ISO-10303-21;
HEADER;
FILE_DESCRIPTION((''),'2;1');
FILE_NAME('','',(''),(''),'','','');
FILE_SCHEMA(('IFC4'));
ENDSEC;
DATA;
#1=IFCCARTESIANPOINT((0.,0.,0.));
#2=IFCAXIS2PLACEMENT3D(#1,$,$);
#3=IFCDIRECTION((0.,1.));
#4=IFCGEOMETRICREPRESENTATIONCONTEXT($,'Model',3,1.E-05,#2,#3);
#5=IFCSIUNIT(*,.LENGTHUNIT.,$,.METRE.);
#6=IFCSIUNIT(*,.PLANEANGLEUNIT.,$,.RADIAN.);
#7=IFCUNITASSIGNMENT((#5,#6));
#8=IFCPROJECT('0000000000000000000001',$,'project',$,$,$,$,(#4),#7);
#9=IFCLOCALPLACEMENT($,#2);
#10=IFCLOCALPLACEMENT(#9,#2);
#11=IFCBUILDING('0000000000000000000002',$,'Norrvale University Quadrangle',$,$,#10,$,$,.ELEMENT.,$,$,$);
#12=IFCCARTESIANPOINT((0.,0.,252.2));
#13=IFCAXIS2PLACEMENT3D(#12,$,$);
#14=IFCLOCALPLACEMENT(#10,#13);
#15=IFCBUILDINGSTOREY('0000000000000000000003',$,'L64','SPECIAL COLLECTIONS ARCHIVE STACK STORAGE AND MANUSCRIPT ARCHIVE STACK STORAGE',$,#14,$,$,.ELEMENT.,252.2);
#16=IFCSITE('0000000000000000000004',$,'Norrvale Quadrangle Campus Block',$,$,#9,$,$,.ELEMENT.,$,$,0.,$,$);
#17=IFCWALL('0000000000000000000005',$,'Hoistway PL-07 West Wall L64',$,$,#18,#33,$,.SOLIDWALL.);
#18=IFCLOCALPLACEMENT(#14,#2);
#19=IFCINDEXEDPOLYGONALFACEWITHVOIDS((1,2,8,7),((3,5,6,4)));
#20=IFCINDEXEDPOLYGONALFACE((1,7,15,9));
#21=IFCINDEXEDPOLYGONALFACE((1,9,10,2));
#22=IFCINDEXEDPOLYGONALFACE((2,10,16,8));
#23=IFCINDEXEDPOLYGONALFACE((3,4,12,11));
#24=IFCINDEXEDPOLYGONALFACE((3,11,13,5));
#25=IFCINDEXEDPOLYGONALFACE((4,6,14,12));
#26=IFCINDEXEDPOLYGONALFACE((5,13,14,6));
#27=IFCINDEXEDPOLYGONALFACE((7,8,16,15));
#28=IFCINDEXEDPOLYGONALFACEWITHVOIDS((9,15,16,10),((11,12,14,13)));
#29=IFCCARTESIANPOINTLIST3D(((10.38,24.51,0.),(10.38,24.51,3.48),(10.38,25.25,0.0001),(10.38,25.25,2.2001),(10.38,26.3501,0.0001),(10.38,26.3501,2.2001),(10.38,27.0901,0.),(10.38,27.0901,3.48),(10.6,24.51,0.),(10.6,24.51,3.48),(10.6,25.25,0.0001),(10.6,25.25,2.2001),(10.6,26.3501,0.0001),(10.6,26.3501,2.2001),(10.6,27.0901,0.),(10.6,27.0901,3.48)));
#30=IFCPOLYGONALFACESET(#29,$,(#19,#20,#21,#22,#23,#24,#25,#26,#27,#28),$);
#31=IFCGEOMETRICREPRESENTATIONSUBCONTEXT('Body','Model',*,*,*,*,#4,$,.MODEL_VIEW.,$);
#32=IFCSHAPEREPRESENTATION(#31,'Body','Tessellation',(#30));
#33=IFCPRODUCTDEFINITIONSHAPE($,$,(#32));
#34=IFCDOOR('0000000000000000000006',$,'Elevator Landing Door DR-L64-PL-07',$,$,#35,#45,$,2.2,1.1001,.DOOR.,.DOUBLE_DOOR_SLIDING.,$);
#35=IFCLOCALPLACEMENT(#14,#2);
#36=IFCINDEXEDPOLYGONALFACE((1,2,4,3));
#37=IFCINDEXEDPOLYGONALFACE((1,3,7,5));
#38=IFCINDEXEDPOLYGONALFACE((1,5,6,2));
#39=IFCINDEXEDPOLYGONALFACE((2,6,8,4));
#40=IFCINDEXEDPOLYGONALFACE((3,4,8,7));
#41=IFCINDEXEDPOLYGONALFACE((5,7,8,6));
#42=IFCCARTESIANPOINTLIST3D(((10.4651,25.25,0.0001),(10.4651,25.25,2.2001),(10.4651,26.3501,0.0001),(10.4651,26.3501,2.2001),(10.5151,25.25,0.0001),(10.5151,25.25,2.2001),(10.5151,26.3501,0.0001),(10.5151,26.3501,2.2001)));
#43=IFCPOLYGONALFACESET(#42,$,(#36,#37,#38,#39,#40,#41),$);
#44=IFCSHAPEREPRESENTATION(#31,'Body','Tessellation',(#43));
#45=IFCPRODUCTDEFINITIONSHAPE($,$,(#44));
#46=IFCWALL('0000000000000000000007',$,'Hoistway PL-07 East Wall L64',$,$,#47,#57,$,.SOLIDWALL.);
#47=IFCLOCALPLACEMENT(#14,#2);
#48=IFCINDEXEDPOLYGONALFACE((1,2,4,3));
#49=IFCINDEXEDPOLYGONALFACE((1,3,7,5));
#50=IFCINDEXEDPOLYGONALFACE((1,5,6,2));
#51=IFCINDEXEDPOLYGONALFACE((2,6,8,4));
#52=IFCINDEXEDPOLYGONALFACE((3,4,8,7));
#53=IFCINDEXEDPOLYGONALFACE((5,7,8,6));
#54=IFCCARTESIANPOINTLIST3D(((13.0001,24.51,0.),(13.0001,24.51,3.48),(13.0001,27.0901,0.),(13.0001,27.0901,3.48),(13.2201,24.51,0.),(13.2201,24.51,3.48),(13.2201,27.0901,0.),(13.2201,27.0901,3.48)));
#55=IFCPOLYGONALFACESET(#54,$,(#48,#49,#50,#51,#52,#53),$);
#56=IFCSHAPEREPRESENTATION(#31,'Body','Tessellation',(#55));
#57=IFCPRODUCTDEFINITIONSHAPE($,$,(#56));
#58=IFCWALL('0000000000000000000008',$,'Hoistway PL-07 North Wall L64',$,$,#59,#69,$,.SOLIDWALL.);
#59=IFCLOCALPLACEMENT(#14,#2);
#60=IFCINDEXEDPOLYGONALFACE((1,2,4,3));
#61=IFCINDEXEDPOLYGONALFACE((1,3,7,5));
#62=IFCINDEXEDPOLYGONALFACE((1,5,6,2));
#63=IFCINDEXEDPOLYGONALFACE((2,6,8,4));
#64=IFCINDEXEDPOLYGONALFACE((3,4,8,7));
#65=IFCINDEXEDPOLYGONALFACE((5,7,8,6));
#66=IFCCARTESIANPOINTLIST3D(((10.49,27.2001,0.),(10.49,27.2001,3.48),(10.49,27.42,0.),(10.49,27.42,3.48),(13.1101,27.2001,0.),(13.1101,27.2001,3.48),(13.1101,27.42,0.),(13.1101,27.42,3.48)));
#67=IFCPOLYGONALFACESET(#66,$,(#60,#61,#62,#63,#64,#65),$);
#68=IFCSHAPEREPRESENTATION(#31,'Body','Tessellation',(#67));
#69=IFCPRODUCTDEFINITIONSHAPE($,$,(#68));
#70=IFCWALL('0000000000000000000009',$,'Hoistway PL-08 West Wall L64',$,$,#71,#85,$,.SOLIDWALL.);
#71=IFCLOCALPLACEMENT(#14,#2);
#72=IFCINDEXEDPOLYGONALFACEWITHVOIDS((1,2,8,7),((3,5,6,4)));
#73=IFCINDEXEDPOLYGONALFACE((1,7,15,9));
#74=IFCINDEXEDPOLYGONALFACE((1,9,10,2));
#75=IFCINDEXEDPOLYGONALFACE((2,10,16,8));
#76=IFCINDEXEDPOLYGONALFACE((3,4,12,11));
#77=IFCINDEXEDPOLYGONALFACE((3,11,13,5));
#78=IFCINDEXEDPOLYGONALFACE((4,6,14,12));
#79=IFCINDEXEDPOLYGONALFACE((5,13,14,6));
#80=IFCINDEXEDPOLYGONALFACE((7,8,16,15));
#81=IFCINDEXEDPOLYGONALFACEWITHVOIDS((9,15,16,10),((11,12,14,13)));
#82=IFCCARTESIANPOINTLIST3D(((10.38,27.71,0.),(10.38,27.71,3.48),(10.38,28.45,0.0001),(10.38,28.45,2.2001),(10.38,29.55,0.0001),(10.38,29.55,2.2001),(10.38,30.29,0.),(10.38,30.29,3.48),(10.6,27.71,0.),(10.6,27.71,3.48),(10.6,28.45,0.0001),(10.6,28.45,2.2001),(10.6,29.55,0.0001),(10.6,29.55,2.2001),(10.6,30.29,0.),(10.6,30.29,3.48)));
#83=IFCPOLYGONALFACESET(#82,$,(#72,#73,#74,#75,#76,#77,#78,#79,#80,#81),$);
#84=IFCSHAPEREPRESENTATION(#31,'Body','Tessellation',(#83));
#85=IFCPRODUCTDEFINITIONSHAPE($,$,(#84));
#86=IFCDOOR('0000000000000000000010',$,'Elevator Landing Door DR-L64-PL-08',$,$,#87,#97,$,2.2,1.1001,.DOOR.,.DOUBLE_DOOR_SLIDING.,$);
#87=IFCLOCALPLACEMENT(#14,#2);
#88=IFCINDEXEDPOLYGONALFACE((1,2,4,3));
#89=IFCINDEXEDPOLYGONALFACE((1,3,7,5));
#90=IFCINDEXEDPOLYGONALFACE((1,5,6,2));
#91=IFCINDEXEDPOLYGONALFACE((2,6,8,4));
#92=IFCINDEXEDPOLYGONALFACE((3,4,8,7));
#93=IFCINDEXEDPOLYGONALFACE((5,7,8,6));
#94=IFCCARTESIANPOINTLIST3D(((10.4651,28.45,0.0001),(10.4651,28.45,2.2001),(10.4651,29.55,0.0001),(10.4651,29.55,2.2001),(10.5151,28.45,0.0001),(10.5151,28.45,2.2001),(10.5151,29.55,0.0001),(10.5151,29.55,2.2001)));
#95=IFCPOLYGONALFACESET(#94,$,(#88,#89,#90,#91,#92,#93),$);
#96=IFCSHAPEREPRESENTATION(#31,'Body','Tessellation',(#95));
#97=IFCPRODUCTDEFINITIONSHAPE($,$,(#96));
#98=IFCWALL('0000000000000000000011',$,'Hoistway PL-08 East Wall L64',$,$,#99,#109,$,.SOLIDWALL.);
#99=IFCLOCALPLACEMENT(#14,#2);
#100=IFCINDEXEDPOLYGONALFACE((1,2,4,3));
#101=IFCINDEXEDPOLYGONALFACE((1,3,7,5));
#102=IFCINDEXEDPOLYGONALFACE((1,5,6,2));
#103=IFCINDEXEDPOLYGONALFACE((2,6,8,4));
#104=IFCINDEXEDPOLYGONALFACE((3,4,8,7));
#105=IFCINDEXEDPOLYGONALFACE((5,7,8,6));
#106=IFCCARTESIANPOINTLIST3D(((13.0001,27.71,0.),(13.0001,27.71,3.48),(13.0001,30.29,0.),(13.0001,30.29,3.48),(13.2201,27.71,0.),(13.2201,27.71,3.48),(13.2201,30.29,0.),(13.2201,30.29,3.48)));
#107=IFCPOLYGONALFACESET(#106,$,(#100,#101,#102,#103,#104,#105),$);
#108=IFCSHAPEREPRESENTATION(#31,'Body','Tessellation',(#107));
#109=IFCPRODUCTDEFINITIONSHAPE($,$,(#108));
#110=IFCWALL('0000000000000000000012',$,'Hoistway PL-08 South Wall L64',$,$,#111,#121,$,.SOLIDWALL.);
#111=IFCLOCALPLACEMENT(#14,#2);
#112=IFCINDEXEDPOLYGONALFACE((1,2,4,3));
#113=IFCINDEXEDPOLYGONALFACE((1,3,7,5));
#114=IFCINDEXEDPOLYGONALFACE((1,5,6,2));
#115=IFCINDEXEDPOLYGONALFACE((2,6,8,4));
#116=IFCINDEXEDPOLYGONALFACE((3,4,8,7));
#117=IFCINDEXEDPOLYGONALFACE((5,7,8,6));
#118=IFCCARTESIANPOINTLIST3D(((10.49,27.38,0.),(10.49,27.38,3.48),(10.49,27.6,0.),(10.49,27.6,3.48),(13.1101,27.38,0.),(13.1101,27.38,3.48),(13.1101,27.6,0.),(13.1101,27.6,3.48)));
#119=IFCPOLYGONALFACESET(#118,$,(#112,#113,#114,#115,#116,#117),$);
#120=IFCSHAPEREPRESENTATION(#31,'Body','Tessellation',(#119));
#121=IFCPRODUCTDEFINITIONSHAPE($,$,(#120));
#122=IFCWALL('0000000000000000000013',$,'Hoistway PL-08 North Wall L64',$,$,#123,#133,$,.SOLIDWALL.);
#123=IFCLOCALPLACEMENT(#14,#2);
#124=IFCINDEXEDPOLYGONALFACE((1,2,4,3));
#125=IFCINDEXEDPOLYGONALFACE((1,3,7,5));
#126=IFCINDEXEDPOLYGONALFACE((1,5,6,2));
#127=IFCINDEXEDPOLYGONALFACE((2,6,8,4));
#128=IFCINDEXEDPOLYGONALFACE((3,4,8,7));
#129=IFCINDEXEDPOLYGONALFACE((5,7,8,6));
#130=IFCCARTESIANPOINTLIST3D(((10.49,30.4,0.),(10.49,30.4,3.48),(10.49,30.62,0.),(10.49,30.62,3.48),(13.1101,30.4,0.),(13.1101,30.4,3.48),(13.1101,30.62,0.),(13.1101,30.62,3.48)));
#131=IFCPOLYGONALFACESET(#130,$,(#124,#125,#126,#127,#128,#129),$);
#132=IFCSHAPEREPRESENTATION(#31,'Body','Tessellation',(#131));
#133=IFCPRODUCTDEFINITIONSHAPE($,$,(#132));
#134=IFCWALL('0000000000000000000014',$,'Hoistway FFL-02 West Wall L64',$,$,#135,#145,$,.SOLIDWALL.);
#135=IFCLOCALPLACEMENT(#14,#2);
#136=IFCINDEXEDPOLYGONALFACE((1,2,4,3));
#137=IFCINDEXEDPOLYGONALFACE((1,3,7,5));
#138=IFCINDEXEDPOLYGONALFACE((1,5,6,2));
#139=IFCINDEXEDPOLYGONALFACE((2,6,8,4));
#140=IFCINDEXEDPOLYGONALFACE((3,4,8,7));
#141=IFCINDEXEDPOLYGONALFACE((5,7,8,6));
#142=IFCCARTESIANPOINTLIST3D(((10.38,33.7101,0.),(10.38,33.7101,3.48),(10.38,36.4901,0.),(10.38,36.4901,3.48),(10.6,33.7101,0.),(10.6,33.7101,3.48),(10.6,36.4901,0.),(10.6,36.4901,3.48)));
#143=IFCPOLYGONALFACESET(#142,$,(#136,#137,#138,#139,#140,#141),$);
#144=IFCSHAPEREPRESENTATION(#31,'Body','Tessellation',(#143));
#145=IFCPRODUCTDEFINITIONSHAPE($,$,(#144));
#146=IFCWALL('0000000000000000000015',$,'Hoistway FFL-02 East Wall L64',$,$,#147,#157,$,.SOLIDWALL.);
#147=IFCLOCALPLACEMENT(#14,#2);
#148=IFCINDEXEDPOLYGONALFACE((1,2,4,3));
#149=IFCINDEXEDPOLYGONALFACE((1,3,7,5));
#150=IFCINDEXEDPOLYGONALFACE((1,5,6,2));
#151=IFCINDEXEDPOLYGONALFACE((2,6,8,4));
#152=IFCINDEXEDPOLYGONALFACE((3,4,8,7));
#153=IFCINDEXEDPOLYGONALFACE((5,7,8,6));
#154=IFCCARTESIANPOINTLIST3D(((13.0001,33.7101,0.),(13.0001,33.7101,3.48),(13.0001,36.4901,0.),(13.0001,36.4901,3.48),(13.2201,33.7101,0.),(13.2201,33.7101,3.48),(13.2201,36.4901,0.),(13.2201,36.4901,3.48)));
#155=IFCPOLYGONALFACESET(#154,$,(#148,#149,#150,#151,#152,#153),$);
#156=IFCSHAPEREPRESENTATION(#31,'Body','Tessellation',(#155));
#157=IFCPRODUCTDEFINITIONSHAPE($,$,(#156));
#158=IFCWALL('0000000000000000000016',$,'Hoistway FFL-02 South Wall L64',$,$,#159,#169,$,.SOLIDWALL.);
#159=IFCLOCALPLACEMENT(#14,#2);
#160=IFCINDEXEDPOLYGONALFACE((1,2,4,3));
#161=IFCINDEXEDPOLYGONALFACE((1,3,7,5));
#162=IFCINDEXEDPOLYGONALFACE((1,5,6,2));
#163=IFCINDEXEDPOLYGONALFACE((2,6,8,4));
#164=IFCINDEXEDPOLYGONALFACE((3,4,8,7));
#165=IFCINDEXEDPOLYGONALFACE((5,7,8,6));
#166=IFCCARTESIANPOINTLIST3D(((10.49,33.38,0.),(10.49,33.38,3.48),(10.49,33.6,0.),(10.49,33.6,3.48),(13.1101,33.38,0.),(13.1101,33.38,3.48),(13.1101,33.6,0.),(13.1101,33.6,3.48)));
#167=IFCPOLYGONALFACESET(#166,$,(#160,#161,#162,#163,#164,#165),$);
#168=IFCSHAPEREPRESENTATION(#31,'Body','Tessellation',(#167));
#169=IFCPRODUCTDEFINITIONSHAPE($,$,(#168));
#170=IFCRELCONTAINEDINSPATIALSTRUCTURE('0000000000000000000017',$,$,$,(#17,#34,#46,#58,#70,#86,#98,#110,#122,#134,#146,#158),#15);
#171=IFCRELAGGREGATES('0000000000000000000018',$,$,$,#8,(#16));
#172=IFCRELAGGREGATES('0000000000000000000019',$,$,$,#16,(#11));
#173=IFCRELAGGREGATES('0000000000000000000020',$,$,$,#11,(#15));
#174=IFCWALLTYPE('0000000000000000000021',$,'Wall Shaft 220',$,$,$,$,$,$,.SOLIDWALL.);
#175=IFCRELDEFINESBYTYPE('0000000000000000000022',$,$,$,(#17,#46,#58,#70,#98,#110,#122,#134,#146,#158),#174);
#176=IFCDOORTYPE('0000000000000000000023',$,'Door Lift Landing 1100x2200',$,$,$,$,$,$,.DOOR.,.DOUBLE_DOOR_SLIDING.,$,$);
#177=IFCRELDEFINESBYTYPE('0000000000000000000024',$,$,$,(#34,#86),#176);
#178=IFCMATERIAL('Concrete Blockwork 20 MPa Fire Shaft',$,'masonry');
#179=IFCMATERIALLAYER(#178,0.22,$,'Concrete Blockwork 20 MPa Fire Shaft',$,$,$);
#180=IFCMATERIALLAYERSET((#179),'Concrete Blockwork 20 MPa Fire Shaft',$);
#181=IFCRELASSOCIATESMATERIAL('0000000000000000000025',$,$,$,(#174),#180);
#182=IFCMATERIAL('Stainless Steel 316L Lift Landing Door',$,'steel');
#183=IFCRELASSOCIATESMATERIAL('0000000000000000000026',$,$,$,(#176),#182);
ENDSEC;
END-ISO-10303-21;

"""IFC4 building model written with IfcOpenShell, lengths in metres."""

from ifc_helpers import new_model, si_unit, direction, frame, frame_2d, origin, place, context, subcontext, project, spatial, rectangle, extrude, material, layer, layer_set, type_object, element, fill, save


model = new_model("IFC4")

# Units and contexts
model_context = context("Model", 3, precision=1e-05, world=origin(), true_north=direction((0.0, 1.0)))
body_context = subcontext(model_context, "Body", "Model", "MODEL_VIEW")
ifc_project = project(units=[si_unit("LENGTHUNIT", "METRE"), si_unit("PLANEANGLEUNIT", "RADIAN")], contexts=[model_context])

# Site, building, storey
site_placement = place(None, origin())
site = spatial("IfcSite", under=ifc_project, at=site_placement, Name="Norrvale Quadrangle Campus Block", CompositionType="ELEMENT", RefElevation=0.0)
building_placement = place(site_placement, origin())
building = spatial("IfcBuilding", under=site, at=building_placement, Name="Norrvale University Quadrangle", CompositionType="ELEMENT")
storey_placement = place(building_placement, frame((0.0, 0.0, 252.2)))
storey = spatial("IfcBuildingStorey", under=building, at=storey_placement, Name="L64", Description="SPECIAL COLLECTIONS ARCHIVE STACK STORAGE AND MANUSCRIPT ARCHIVE STACK STORAGE", CompositionType="ELEMENT", Elevation=252.2)

# Shared definitions
ifc_material_1 = material(Name="Concrete Blockwork 20 MPa Fire Shaft", Category="masonry")
ifc_layer_1 = layer(ifc_material_1, 0.22, Name="Concrete Blockwork 20 MPa Fire Shaft")
ifc_layer_set_1 = layer_set([ifc_layer_1], Name="Concrete Blockwork 20 MPa Fire Shaft")
wall_type_1 = type_object("IfcWallType", Name="Wall Shaft 220", PredefinedType="SOLIDWALL", material=ifc_layer_set_1)

# Wall, opening, door
wall_1_placement = place(storey_placement, frame((10.49, 24.51, 0.0), z_axis=(0.0, 0.0, 1.0), x_axis=(0.0, 1.0, 0.0)))
wall_1 = element("IfcWall", 1, at=wall_1_placement, inside=storey, type_object=wall_type_1, Name="Hoistway PL-07 West Wall L64", PredefinedType="SOLIDWALL", context=body_context, shape_type="SweptSolid", body=[
    extrude(rectangle(XDim=2.5801, YDim=0.22, at=frame_2d((1.29, 0.0))), origin(), (0.0, 0.0, 1.0), 3.48),
])
opening_1_placement = place(wall_1_placement, frame((0.74, 0.0, 0.0)))
opening_1 = element("IfcOpeningElement", 2, at=opening_1_placement, cuts=wall_1, PredefinedType="OPENING", context=body_context, shape_type="SweptSolid", body=[
    extrude(rectangle(XDim=1.1001, YDim=2.2, at=frame_2d((0.55, 1.1001))), frame((0.0, 0.1221, 0.0), z_axis=(0.0, -1.0, 0.0), x_axis=(1.0, 0.0, 0.0)), (0.0, 0.0, 1.0), 0.2439),
])
ifc_material_2 = material(Name="Stainless Steel 316L Lift Landing Door", Category="steel")
door_type_1 = type_object("IfcDoorType", Name="Door Lift Landing 1100x2200", OperationType="DOUBLE_DOOR_SLIDING", PredefinedType="DOOR", material=ifc_material_2)
door_1_placement = place(opening_1_placement, origin())
door_1 = element("IfcDoor", 3, at=door_1_placement, inside=storey, type_object=door_type_1, Name="Elevator Landing Door DR-L64-PL-07", OperationType="DOUBLE_DOOR_SLIDING", OverallHeight=2.2, OverallWidth=1.1001, PredefinedType="DOOR", context=body_context, shape_type="SweptSolid", body=[
    extrude(rectangle(XDim=1.1001, YDim=2.2, at=frame_2d((0.55, 1.1001))), frame((0.0, 0.0249, 0.0), z_axis=(0.0, -1.0, 0.0), x_axis=(1.0, 0.0, 0.0)), (0.0, 0.0, 1.0), 0.05),
])
fill(opening_1, door_1)

# Walls
wall_2_placement = place(storey_placement, frame((13.1101, 24.51, 0.0), z_axis=(0.0, 0.0, 1.0), x_axis=(0.0, 1.0, 0.0)))
element("IfcWall", 4, at=wall_2_placement, inside=storey, type_object=wall_type_1, Name="Hoistway PL-07 East Wall L64", PredefinedType="SOLIDWALL", context=body_context, shape_type="SweptSolid", body=[
    extrude(rectangle(XDim=2.5801, YDim=0.22, at=frame_2d((1.29, 0.0))), origin(), (0.0, 0.0, 1.0), 3.48),
])
wall_3_placement = place(storey_placement, frame((10.49, 27.3101, 0.0), z_axis=(0.0, 0.0, 1.0), x_axis=(1.0, 0.0, 0.0)))
element("IfcWall", 5, at=wall_3_placement, inside=storey, type_object=wall_type_1, Name="Hoistway PL-07 North Wall L64", PredefinedType="SOLIDWALL", context=body_context, shape_type="SweptSolid", body=[
    extrude(rectangle(XDim=2.6201, YDim=0.22, at=frame_2d((1.3101, 0.0))), origin(), (0.0, 0.0, 1.0), 3.48),
])

# Wall, opening, door
wall_4_placement = place(storey_placement, frame((10.49, 27.71, 0.0), z_axis=(0.0, 0.0, 1.0), x_axis=(0.0, 1.0, 0.0)))
wall_4 = element("IfcWall", 6, at=wall_4_placement, inside=storey, type_object=wall_type_1, Name="Hoistway PL-08 West Wall L64", PredefinedType="SOLIDWALL", context=body_context, shape_type="SweptSolid", body=[
    extrude(rectangle(XDim=2.5801, YDim=0.22, at=frame_2d((1.29, 0.0))), origin(), (0.0, 0.0, 1.0), 3.48),
])
opening_2_placement = place(wall_4_placement, frame((0.74, 0.0, 0.0)))
opening_2 = element("IfcOpeningElement", 7, at=opening_2_placement, cuts=wall_4, PredefinedType="OPENING", context=body_context, shape_type="SweptSolid", body=[
    extrude(rectangle(XDim=1.1001, YDim=2.2, at=frame_2d((0.55, 1.1001))), frame((0.0, 0.1221, 0.0), z_axis=(0.0, -1.0, 0.0), x_axis=(1.0, 0.0, 0.0)), (0.0, 0.0, 1.0), 0.2439),
])
door_2_placement = place(opening_2_placement, origin())
door_2 = element("IfcDoor", 8, at=door_2_placement, inside=storey, type_object=door_type_1, Name="Elevator Landing Door DR-L64-PL-08", OperationType="DOUBLE_DOOR_SLIDING", OverallHeight=2.2, OverallWidth=1.1001, PredefinedType="DOOR", context=body_context, shape_type="SweptSolid", body=[
    extrude(rectangle(XDim=1.1001, YDim=2.2, at=frame_2d((0.55, 1.1001))), frame((0.0, 0.0249, 0.0), z_axis=(0.0, -1.0, 0.0), x_axis=(1.0, 0.0, 0.0)), (0.0, 0.0, 1.0), 0.05),
])
fill(opening_2, door_2)

# Walls
wall_5_placement = place(storey_placement, frame((13.1101, 27.71, 0.0), z_axis=(0.0, 0.0, 1.0), x_axis=(0.0, 1.0, 0.0)))
element("IfcWall", 9, at=wall_5_placement, inside=storey, type_object=wall_type_1, Name="Hoistway PL-08 East Wall L64", PredefinedType="SOLIDWALL", context=body_context, shape_type="SweptSolid", body=[
    extrude(rectangle(XDim=2.5801, YDim=0.22, at=frame_2d((1.29, 0.0))), origin(), (0.0, 0.0, 1.0), 3.48),
])
for number, where, z_axis, x_axis, name in (
    (10, (10.49, 27.49, 0.0), (0.0, 0.0, 1.0), (1.0, 0.0, 0.0), "Hoistway PL-08 South Wall L64"),
    (11, (10.49, 30.51, 0.0), (0.0, 0.0, 1.0), (1.0, 0.0, 0.0), "Hoistway PL-08 North Wall L64"),
):
    element("IfcWall", number, at=place(storey_placement, frame(where, z_axis=z_axis, x_axis=x_axis)), inside=storey, type_object=wall_type_1, Name=name, PredefinedType="SOLIDWALL", context=body_context, shape_type="SweptSolid", body=[
        extrude(rectangle(XDim=2.6201, YDim=0.22, at=frame_2d((1.3101, 0.0))), origin(), (0.0, 0.0, 1.0), 3.48),
    ])
for number, where, z_axis, x_axis, name in (
    (12, (10.49, 33.71, 0.0), (0.0, 0.0, 1.0), (0.0, 1.0, 0.0), "Hoistway FFL-02 West Wall L64"),
    (13, (13.1101, 33.71, 0.0), (0.0, 0.0, 1.0), (0.0, 1.0, 0.0), "Hoistway FFL-02 East Wall L64"),
):
    element("IfcWall", number, at=place(storey_placement, frame(where, z_axis=z_axis, x_axis=x_axis)), inside=storey, type_object=wall_type_1, Name=name, PredefinedType="SOLIDWALL", context=body_context, shape_type="SweptSolid", body=[
        extrude(rectangle(XDim=2.78, YDim=0.22, at=frame_2d((1.3901, 0.0))), origin(), (0.0, 0.0, 1.0), 3.48),
    ])
wall_6_placement = place(storey_placement, frame((10.49, 33.49, 0.0), z_axis=(0.0, 0.0, 1.0), x_axis=(1.0, 0.0, 0.0)))
element("IfcWall", 14, at=wall_6_placement, inside=storey, type_object=wall_type_1, Name="Hoistway FFL-02 South Wall L64", PredefinedType="SOLIDWALL", context=body_context, shape_type="SweptSolid", body=[
    extrude(rectangle(XDim=2.6201, YDim=0.22, at=frame_2d((1.3101, 0.0))), origin(), (0.0, 0.0, 1.0), 3.48),
])

save(model, "model.ifc")
